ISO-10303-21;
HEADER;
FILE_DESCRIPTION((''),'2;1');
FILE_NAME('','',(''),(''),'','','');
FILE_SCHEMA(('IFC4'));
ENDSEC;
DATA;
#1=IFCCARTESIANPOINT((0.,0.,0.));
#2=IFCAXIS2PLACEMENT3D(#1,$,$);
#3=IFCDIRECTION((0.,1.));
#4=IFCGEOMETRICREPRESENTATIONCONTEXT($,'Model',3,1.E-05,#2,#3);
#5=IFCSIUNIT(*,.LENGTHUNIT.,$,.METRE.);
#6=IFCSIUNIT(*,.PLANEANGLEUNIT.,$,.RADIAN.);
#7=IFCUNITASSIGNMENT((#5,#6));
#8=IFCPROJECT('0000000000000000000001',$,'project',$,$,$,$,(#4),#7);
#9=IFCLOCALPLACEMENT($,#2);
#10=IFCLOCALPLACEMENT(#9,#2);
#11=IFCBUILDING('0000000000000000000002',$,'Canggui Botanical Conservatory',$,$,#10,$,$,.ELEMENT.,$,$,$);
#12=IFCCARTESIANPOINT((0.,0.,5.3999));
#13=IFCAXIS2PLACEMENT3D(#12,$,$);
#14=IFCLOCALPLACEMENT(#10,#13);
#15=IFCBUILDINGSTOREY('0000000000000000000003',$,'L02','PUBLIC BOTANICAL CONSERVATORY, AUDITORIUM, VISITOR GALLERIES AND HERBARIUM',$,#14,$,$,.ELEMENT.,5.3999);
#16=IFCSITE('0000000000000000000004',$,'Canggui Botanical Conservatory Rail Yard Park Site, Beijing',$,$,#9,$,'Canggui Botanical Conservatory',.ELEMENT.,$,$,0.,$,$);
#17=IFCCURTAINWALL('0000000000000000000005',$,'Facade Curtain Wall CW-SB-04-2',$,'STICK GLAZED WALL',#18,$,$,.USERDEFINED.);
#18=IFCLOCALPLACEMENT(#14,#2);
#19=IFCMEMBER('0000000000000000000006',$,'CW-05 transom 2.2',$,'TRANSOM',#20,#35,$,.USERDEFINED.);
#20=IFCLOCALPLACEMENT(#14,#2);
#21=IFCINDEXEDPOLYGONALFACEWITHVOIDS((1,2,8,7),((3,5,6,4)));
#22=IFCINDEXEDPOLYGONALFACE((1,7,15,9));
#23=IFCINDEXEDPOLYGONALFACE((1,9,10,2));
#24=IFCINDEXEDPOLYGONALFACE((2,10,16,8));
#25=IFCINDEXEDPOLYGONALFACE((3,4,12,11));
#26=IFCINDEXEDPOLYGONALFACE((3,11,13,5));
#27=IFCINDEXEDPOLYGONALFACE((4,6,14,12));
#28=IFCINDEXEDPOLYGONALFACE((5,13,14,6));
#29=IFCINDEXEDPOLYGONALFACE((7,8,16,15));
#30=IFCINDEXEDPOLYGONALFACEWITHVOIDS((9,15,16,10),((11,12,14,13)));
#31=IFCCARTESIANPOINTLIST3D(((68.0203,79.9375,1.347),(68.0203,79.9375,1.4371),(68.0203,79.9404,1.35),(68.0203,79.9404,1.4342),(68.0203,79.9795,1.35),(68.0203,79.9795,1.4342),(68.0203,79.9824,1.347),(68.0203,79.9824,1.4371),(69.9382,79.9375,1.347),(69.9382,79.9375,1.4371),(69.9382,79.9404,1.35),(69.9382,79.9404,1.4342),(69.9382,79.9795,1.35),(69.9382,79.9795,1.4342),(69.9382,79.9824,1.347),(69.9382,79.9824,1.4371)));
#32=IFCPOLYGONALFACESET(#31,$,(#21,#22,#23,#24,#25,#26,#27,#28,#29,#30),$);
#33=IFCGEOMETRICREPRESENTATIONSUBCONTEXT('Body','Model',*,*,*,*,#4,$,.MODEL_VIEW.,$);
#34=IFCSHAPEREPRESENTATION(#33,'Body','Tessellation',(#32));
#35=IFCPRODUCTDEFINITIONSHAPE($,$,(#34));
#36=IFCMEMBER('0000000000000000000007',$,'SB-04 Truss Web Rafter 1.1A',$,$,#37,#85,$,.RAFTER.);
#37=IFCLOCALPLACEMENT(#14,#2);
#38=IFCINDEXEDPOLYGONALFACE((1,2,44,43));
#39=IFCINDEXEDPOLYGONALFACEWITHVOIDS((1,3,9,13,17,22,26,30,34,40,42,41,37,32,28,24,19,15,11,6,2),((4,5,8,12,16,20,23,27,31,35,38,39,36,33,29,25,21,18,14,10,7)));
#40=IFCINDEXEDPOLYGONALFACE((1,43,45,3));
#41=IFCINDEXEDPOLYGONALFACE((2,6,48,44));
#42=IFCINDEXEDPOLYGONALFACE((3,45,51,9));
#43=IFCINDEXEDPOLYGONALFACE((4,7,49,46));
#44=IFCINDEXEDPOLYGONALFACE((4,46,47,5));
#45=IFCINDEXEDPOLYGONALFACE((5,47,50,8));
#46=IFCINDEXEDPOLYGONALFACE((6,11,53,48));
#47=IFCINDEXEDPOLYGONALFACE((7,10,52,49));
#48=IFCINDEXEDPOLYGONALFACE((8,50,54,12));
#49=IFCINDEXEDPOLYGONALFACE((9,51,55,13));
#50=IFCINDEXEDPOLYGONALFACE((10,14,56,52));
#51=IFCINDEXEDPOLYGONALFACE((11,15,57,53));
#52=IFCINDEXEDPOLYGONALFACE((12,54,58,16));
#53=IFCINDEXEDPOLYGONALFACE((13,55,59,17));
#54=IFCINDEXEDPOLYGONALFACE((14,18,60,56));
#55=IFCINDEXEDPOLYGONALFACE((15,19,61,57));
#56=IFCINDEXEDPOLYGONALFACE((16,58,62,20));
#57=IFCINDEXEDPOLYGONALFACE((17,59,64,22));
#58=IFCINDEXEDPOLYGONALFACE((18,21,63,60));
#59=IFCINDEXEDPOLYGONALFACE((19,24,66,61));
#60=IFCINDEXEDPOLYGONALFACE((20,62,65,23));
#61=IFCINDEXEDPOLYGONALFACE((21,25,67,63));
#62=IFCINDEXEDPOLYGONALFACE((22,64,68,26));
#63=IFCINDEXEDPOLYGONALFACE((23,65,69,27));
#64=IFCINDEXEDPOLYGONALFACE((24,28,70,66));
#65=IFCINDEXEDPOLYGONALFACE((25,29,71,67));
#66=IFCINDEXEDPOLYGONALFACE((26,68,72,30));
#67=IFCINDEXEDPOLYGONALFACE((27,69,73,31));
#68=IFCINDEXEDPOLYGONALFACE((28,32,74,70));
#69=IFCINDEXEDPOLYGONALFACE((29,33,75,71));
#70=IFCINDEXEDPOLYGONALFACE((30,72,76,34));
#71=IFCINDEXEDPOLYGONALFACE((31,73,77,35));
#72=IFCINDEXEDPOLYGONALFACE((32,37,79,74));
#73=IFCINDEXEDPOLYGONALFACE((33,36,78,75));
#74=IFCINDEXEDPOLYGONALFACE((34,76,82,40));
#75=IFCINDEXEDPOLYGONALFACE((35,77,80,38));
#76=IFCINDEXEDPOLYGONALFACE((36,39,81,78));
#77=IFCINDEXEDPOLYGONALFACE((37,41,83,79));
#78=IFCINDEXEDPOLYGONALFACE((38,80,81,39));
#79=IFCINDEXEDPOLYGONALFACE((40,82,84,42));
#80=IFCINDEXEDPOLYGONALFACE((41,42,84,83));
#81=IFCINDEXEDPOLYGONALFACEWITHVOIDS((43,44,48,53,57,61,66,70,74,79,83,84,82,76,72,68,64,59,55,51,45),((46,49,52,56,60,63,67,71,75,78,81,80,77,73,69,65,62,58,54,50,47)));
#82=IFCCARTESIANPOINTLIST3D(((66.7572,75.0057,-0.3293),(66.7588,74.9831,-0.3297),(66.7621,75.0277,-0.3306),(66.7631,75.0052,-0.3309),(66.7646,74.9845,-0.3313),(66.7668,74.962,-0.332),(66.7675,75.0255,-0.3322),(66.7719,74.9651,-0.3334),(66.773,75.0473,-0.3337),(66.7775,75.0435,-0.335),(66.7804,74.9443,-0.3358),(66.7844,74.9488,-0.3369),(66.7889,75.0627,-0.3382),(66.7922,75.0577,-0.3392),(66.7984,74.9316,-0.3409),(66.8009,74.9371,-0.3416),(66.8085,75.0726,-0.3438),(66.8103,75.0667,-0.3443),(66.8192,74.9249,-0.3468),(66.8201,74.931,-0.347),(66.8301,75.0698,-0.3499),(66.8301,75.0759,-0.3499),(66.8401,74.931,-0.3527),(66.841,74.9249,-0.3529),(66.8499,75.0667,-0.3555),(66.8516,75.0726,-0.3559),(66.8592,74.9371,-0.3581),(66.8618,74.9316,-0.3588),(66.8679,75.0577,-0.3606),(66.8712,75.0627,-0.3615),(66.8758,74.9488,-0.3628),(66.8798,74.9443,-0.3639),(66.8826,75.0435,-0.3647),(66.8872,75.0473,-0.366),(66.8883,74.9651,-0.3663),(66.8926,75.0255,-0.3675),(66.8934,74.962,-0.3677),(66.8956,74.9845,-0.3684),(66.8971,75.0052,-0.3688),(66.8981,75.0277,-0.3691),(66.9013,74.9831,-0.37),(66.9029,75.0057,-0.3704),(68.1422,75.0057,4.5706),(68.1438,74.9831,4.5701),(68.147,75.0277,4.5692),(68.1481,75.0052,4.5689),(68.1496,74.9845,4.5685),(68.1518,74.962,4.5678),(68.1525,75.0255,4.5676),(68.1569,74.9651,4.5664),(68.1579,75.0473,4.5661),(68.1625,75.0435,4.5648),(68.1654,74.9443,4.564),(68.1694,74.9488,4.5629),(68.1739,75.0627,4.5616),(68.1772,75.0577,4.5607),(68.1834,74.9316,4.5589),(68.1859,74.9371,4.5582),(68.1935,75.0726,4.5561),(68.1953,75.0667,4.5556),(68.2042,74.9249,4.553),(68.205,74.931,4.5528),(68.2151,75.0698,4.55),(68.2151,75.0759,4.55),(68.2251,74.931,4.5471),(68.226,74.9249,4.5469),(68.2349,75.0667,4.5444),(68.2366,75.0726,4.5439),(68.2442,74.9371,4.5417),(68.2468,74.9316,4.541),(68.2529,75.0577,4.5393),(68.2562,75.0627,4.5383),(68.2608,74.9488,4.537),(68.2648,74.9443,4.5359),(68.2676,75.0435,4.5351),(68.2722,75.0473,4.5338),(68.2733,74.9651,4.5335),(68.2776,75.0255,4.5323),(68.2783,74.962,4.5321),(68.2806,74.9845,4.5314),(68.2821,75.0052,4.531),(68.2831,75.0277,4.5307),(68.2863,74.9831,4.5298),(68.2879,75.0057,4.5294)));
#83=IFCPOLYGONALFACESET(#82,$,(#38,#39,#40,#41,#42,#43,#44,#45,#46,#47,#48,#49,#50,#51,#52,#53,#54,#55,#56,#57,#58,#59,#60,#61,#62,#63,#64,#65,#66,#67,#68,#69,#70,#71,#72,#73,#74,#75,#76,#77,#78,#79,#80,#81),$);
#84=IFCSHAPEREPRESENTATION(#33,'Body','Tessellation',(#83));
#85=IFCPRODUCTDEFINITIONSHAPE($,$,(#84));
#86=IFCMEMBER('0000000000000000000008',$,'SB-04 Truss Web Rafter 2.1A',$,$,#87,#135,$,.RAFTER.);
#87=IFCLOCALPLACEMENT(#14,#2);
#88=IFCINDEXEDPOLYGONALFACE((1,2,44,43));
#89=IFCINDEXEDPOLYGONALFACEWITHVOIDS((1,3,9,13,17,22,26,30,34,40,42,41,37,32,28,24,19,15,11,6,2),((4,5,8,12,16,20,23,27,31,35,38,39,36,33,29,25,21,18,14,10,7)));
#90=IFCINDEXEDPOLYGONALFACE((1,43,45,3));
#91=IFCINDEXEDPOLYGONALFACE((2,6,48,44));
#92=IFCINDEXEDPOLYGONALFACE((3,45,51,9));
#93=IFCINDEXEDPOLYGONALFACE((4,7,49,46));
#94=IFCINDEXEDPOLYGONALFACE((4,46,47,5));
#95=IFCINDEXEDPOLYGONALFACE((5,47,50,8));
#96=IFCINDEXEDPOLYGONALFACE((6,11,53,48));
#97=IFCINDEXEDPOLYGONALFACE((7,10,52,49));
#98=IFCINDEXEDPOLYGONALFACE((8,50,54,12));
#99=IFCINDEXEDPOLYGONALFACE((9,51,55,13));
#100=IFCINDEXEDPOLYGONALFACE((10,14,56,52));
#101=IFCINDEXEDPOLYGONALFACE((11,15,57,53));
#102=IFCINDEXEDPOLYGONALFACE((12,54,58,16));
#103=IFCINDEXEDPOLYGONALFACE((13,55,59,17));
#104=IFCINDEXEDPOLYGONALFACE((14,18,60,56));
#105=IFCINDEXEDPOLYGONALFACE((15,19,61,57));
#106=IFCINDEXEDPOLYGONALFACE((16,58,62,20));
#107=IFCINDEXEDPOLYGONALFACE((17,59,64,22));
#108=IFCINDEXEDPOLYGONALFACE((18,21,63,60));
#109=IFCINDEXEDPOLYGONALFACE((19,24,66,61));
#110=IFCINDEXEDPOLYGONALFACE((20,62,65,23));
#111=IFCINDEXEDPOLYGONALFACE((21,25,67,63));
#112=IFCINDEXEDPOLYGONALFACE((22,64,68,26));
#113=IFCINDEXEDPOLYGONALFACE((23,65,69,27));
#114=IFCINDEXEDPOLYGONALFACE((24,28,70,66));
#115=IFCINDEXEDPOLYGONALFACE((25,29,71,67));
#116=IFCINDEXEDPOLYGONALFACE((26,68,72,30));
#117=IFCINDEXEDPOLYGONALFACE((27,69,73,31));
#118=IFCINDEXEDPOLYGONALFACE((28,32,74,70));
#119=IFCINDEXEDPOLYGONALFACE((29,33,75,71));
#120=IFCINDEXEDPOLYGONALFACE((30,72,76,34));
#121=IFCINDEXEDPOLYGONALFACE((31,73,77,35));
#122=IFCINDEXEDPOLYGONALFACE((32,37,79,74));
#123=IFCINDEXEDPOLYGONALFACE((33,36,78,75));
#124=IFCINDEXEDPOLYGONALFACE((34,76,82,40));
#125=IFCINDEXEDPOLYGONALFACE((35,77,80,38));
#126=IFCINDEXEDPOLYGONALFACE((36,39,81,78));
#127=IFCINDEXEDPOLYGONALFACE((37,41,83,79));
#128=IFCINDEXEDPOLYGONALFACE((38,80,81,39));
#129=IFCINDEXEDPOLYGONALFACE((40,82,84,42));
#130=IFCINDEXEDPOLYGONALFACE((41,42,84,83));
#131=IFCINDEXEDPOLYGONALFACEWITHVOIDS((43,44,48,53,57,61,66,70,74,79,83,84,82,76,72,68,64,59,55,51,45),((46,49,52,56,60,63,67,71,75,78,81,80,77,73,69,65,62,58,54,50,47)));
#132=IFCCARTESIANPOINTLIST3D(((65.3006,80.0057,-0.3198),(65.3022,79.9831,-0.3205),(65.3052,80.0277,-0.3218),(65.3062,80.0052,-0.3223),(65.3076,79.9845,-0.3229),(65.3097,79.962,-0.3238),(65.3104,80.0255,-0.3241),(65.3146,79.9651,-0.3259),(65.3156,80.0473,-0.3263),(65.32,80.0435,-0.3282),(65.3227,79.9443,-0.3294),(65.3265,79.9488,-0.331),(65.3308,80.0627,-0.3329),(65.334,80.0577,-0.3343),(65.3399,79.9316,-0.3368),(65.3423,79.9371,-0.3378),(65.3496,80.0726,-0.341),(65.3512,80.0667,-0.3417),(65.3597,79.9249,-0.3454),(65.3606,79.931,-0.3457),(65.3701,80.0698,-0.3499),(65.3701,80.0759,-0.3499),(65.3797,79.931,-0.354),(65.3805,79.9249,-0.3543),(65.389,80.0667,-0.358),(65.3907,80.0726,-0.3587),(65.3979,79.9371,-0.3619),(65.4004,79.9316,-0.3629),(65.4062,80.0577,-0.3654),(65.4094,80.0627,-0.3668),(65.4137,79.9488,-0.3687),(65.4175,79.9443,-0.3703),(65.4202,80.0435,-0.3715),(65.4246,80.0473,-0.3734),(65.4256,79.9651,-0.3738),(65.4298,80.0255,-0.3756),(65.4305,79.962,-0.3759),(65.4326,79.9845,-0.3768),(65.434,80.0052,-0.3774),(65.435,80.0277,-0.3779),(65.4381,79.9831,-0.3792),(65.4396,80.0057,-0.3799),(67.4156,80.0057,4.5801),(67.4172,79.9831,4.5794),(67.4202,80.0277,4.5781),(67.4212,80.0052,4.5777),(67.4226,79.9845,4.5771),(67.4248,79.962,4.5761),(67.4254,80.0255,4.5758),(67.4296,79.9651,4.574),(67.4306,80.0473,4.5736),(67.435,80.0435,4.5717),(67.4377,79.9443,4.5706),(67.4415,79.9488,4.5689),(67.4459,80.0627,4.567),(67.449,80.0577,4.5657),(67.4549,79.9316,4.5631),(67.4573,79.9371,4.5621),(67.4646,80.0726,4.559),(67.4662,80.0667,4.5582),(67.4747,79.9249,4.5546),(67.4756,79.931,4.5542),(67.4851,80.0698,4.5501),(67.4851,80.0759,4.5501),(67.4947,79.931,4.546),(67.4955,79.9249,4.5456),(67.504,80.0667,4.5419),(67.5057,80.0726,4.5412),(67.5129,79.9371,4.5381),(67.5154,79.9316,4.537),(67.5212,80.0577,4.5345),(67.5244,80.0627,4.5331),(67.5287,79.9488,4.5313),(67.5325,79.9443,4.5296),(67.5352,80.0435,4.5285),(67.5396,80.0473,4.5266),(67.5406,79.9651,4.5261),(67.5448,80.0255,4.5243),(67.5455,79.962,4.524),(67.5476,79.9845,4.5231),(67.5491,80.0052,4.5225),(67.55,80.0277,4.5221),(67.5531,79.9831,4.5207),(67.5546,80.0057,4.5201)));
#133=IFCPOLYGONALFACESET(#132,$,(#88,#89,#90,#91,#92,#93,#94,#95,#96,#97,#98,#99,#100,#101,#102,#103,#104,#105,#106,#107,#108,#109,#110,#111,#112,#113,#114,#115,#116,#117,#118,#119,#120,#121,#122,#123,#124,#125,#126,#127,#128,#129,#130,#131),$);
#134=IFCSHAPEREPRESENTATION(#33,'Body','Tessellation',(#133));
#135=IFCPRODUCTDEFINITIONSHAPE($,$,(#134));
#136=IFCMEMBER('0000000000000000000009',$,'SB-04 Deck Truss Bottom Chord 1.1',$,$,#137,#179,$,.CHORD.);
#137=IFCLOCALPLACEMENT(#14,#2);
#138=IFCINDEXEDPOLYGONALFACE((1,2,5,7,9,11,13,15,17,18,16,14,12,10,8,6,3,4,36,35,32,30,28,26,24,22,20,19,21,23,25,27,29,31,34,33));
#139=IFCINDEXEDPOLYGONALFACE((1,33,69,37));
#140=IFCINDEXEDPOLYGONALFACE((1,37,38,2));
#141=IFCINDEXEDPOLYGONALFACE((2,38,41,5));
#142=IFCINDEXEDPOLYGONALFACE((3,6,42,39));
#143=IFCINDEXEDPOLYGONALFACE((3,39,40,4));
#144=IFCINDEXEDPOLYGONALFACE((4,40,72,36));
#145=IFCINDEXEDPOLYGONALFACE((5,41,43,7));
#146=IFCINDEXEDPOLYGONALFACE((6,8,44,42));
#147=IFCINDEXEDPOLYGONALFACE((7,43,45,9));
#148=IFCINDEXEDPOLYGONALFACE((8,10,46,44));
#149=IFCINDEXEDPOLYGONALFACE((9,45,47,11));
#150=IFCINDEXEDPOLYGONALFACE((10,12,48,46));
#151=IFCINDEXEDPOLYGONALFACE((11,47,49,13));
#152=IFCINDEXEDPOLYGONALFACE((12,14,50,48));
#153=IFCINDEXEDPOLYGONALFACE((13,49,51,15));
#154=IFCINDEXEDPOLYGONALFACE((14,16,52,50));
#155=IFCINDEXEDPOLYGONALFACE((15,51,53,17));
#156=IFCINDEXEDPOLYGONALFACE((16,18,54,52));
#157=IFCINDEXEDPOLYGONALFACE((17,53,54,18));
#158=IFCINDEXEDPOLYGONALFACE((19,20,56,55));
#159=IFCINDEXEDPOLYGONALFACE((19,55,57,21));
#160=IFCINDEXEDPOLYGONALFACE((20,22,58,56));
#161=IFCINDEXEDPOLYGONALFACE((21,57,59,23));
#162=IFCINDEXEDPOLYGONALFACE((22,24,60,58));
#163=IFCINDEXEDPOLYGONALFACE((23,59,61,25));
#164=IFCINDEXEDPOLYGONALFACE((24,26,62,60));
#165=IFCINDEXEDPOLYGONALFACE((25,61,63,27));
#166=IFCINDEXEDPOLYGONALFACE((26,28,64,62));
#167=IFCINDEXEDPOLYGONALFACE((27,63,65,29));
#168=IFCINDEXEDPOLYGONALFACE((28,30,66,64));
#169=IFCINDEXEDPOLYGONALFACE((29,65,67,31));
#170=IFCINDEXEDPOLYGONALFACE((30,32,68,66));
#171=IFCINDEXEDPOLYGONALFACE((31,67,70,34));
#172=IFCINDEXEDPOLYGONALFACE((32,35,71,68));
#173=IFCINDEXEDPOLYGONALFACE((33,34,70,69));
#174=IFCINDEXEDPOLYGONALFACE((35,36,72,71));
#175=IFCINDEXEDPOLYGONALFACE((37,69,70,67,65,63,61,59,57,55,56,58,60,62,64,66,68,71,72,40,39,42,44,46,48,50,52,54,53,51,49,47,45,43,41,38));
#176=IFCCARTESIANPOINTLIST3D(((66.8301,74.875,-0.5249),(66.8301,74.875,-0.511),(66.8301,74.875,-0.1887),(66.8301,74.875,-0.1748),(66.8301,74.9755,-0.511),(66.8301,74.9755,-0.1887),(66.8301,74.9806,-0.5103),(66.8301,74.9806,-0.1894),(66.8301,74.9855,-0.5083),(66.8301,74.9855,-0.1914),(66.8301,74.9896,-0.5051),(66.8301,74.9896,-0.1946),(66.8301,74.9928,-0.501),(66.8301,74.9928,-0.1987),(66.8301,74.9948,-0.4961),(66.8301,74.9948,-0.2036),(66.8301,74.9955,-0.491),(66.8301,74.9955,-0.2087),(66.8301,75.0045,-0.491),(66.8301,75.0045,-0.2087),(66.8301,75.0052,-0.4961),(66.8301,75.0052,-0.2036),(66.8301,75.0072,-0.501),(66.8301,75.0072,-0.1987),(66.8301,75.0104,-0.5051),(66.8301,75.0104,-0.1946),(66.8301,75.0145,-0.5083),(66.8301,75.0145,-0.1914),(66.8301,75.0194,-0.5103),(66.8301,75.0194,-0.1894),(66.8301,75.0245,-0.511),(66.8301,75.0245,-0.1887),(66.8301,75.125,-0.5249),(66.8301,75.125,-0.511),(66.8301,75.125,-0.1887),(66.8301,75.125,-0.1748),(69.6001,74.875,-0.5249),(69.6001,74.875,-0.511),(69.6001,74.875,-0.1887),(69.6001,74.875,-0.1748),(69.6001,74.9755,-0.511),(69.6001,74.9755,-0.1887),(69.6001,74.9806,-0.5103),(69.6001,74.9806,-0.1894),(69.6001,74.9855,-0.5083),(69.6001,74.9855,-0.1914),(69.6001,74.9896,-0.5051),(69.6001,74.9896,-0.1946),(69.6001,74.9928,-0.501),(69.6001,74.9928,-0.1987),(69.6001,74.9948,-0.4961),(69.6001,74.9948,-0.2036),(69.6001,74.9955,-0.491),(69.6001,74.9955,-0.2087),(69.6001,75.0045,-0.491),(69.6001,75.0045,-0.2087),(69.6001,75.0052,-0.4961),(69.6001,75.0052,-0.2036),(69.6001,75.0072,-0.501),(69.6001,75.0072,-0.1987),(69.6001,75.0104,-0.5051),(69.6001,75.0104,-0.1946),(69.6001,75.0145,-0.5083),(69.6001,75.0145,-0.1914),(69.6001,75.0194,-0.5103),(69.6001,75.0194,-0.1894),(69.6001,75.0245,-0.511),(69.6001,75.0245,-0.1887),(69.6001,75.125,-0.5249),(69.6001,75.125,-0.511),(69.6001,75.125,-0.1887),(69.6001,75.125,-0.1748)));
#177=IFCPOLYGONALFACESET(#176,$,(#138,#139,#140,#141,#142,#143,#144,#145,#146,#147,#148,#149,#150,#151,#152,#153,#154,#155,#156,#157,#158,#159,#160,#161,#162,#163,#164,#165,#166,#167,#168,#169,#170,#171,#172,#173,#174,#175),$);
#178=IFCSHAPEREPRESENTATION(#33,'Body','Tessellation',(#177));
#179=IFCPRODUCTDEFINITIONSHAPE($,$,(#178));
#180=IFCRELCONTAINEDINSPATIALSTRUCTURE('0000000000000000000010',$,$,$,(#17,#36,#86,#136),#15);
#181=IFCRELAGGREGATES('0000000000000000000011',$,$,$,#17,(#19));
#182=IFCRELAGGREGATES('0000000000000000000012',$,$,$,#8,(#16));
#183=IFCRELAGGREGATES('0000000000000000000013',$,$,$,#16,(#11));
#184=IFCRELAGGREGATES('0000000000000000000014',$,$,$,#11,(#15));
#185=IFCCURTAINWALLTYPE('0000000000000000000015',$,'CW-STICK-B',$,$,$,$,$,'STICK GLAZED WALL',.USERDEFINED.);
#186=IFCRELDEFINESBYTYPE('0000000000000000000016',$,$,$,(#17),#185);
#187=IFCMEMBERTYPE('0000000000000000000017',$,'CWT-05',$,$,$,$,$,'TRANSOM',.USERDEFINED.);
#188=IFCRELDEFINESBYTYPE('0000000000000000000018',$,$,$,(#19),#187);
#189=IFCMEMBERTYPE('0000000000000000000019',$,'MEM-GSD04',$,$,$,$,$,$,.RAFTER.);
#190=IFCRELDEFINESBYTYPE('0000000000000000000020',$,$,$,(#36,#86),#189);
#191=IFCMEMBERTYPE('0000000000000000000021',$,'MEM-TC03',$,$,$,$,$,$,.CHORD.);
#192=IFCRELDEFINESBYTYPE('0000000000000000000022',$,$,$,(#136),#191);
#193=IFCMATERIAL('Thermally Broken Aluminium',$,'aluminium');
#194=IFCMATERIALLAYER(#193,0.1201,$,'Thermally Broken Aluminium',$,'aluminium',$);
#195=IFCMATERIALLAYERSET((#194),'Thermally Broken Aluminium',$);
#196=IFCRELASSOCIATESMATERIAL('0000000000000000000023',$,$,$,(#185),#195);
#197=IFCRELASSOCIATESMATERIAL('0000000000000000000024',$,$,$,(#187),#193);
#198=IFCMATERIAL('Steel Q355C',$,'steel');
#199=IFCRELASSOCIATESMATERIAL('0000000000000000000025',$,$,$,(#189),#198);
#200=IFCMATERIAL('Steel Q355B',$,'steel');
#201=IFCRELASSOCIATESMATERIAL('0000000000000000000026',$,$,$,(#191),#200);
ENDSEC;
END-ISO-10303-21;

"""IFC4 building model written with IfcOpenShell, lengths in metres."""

from ifc_helpers import new_model, si_unit, direction, frame, origin, origin_2d, place, context, subcontext, project, spatial, hollow_rectangle, hollow_circle, i_section, extrude, material, layer, layer_set, material_profile, profile_set, type_object, element, aggregate, save


model = new_model("IFC4")

# Units and contexts
model_context = context("Model", 3, precision=1e-05, world=origin(), true_north=direction((0.0, 1.0)))
body_context = subcontext(model_context, "Body", "Model", "MODEL_VIEW")
ifc_project = project(units=[si_unit("LENGTHUNIT", "METRE"), si_unit("PLANEANGLEUNIT", "RADIAN")], contexts=[model_context])

# Site, building, storey
site_placement = place(None, origin())
site = spatial("IfcSite", under=ifc_project, at=site_placement, Name="Canggui Botanical Conservatory Rail Yard Park Site, Beijing", LongName="Canggui Botanical Conservatory", CompositionType="ELEMENT", RefElevation=0.0)
building_placement = place(site_placement, origin())
building = spatial("IfcBuilding", under=site, at=building_placement, Name="Canggui Botanical Conservatory", CompositionType="ELEMENT")
storey_placement = place(building_placement, frame((0.0, 0.0, 5.3999)))
storey = spatial("IfcBuildingStorey", under=building, at=storey_placement, Name="L02", Description="PUBLIC BOTANICAL CONSERVATORY, AUDITORIUM, VISITOR GALLERIES AND HERBARIUM", CompositionType="ELEMENT", Elevation=5.3999)

# Shared definitions
ifc_material_1 = material(Name="Steel Q355B", Category="steel")

# Shared definitions
ifc_material_2 = material(Name="Thermally Broken Aluminium", Category="aluminium")

# Curtain wall
ifc_layer_1 = layer(ifc_material_2, 0.1201, Name="Thermally Broken Aluminium", Category="aluminium")
ifc_layer_set_1 = layer_set([ifc_layer_1], Name="Thermally Broken Aluminium")
curtain_wall_type_1 = type_object("IfcCurtainWallType", Name="CW-STICK-B", ElementType="STICK GLAZED WALL", PredefinedType="USERDEFINED", material=ifc_layer_set_1)
curtain_wall_1_placement = place(storey_placement, origin())
curtain_wall_1 = element("IfcCurtainWall", 1, at=curtain_wall_1_placement, inside=storey, type_object=curtain_wall_type_1, Name="Facade Curtain Wall CW-SB-04-2", ObjectType="STICK GLAZED WALL", PredefinedType="USERDEFINED")

# Member
ifc_material_profile_1 = material_profile(ifc_material_2, hollow_rectangle(XDim=0.0449, YDim=0.0901, WallThickness=0.0029, at=origin_2d()), Name="CWT 45x90x3")
ifc_profile_set_1 = profile_set([ifc_material_profile_1], Name="Thermally Broken Aluminium")
member_type_1 = type_object("IfcMemberType", Name="CWT-05", ElementType="TRANSOM", PredefinedType="USERDEFINED", material=ifc_profile_set_1)
member_1_placement = place(storey_placement, frame((68.0203, 79.96, 1.3921), z_axis=(1.0, 0.0, 0.0), x_axis=(0.0, 1.0, 0.0)))
member_1 = element("IfcMember", 2, at=member_1_placement, type_object=member_type_1, Name="CW-05 transom 2.2", ObjectType="TRANSOM", PredefinedType="USERDEFINED", context=body_context, shape_type="SweptSolid", body=[
    extrude(hollow_rectangle(XDim=0.0449, YDim=0.0901, WallThickness=0.0029, at=origin_2d()), origin(), (0.0, 0.0, 1.0), 1.918),
])

# Members
ifc_material_3 = material(Name="Steel Q355C", Category="steel")
ifc_material_profile_2 = material_profile(ifc_material_3, hollow_circle(Radius=0.0759, WallThickness=0.0061, at=origin_2d()), Name="CHS 152x6")
ifc_profile_set_2 = profile_set([ifc_material_profile_2], Name="Steel Q355C")
member_type_2 = type_object("IfcMemberType", Name="MEM-GSD04", PredefinedType="RAFTER", material=ifc_profile_set_2)
member_2_placement = place(storey_placement, frame((66.8301, 75.0, -0.3499), z_axis=(0.272003, 0.0, 0.962296), x_axis=(0.0, 1.0, 0.0)))
element("IfcMember", 3, at=member_2_placement, inside=storey, type_object=member_type_2, Name="SB-04 Truss Web Rafter 1.1A", PredefinedType="RAFTER", context=body_context, shape_type="SweptSolid", body=[
    extrude(hollow_circle(Radius=0.0759, WallThickness=0.0061, at=origin_2d()), origin(), (0.0, 0.0, 1.0), 5.0918),
])
member_3_placement = place(storey_placement, frame((65.3701, 80.0, -0.3499), z_axis=(0.396298, 0.0, 0.918122), x_axis=(0.0, 1.0, 0.0)))
element("IfcMember", 4, at=member_3_placement, inside=storey, type_object=member_type_2, Name="SB-04 Truss Web Rafter 2.1A", PredefinedType="RAFTER", context=body_context, shape_type="SweptSolid", body=[
    extrude(hollow_circle(Radius=0.0759, WallThickness=0.0061, at=origin_2d()), origin(), (0.0, 0.0, 1.0), 5.3369),
])
ifc_material_profile_3 = material_profile(ifc_material_1, i_section(OverallWidth=0.25, OverallDepth=0.3501, WebThickness=0.009, FlangeThickness=0.0139, FilletRadius=0.02, at=origin_2d()), Name="HM 350x250x9x14")
ifc_profile_set_3 = profile_set([ifc_material_profile_3], Name="Steel Q355B")
member_type_3 = type_object("IfcMemberType", Name="MEM-TC03", PredefinedType="CHORD", material=ifc_profile_set_3)
member_4_placement = place(storey_placement, frame((66.8301, 75.0, -0.3499), z_axis=(1.0, 0.0, 0.0), x_axis=(0.0, 1.0, 0.0)))
element("IfcMember", 5, at=member_4_placement, inside=storey, type_object=member_type_3, Name="SB-04 Deck Truss Bottom Chord 1.1", PredefinedType="CHORD", context=body_context, shape_type="SweptSolid", body=[
    extrude(i_section(OverallWidth=0.25, OverallDepth=0.3501, WebThickness=0.009, FlangeThickness=0.0139, FilletRadius=0.02, at=origin_2d()), origin(), (0.0, 0.0, 1.0), 2.77),
])

aggregate(curtain_wall_1, [member_1])

save(model, "model.ifc")
